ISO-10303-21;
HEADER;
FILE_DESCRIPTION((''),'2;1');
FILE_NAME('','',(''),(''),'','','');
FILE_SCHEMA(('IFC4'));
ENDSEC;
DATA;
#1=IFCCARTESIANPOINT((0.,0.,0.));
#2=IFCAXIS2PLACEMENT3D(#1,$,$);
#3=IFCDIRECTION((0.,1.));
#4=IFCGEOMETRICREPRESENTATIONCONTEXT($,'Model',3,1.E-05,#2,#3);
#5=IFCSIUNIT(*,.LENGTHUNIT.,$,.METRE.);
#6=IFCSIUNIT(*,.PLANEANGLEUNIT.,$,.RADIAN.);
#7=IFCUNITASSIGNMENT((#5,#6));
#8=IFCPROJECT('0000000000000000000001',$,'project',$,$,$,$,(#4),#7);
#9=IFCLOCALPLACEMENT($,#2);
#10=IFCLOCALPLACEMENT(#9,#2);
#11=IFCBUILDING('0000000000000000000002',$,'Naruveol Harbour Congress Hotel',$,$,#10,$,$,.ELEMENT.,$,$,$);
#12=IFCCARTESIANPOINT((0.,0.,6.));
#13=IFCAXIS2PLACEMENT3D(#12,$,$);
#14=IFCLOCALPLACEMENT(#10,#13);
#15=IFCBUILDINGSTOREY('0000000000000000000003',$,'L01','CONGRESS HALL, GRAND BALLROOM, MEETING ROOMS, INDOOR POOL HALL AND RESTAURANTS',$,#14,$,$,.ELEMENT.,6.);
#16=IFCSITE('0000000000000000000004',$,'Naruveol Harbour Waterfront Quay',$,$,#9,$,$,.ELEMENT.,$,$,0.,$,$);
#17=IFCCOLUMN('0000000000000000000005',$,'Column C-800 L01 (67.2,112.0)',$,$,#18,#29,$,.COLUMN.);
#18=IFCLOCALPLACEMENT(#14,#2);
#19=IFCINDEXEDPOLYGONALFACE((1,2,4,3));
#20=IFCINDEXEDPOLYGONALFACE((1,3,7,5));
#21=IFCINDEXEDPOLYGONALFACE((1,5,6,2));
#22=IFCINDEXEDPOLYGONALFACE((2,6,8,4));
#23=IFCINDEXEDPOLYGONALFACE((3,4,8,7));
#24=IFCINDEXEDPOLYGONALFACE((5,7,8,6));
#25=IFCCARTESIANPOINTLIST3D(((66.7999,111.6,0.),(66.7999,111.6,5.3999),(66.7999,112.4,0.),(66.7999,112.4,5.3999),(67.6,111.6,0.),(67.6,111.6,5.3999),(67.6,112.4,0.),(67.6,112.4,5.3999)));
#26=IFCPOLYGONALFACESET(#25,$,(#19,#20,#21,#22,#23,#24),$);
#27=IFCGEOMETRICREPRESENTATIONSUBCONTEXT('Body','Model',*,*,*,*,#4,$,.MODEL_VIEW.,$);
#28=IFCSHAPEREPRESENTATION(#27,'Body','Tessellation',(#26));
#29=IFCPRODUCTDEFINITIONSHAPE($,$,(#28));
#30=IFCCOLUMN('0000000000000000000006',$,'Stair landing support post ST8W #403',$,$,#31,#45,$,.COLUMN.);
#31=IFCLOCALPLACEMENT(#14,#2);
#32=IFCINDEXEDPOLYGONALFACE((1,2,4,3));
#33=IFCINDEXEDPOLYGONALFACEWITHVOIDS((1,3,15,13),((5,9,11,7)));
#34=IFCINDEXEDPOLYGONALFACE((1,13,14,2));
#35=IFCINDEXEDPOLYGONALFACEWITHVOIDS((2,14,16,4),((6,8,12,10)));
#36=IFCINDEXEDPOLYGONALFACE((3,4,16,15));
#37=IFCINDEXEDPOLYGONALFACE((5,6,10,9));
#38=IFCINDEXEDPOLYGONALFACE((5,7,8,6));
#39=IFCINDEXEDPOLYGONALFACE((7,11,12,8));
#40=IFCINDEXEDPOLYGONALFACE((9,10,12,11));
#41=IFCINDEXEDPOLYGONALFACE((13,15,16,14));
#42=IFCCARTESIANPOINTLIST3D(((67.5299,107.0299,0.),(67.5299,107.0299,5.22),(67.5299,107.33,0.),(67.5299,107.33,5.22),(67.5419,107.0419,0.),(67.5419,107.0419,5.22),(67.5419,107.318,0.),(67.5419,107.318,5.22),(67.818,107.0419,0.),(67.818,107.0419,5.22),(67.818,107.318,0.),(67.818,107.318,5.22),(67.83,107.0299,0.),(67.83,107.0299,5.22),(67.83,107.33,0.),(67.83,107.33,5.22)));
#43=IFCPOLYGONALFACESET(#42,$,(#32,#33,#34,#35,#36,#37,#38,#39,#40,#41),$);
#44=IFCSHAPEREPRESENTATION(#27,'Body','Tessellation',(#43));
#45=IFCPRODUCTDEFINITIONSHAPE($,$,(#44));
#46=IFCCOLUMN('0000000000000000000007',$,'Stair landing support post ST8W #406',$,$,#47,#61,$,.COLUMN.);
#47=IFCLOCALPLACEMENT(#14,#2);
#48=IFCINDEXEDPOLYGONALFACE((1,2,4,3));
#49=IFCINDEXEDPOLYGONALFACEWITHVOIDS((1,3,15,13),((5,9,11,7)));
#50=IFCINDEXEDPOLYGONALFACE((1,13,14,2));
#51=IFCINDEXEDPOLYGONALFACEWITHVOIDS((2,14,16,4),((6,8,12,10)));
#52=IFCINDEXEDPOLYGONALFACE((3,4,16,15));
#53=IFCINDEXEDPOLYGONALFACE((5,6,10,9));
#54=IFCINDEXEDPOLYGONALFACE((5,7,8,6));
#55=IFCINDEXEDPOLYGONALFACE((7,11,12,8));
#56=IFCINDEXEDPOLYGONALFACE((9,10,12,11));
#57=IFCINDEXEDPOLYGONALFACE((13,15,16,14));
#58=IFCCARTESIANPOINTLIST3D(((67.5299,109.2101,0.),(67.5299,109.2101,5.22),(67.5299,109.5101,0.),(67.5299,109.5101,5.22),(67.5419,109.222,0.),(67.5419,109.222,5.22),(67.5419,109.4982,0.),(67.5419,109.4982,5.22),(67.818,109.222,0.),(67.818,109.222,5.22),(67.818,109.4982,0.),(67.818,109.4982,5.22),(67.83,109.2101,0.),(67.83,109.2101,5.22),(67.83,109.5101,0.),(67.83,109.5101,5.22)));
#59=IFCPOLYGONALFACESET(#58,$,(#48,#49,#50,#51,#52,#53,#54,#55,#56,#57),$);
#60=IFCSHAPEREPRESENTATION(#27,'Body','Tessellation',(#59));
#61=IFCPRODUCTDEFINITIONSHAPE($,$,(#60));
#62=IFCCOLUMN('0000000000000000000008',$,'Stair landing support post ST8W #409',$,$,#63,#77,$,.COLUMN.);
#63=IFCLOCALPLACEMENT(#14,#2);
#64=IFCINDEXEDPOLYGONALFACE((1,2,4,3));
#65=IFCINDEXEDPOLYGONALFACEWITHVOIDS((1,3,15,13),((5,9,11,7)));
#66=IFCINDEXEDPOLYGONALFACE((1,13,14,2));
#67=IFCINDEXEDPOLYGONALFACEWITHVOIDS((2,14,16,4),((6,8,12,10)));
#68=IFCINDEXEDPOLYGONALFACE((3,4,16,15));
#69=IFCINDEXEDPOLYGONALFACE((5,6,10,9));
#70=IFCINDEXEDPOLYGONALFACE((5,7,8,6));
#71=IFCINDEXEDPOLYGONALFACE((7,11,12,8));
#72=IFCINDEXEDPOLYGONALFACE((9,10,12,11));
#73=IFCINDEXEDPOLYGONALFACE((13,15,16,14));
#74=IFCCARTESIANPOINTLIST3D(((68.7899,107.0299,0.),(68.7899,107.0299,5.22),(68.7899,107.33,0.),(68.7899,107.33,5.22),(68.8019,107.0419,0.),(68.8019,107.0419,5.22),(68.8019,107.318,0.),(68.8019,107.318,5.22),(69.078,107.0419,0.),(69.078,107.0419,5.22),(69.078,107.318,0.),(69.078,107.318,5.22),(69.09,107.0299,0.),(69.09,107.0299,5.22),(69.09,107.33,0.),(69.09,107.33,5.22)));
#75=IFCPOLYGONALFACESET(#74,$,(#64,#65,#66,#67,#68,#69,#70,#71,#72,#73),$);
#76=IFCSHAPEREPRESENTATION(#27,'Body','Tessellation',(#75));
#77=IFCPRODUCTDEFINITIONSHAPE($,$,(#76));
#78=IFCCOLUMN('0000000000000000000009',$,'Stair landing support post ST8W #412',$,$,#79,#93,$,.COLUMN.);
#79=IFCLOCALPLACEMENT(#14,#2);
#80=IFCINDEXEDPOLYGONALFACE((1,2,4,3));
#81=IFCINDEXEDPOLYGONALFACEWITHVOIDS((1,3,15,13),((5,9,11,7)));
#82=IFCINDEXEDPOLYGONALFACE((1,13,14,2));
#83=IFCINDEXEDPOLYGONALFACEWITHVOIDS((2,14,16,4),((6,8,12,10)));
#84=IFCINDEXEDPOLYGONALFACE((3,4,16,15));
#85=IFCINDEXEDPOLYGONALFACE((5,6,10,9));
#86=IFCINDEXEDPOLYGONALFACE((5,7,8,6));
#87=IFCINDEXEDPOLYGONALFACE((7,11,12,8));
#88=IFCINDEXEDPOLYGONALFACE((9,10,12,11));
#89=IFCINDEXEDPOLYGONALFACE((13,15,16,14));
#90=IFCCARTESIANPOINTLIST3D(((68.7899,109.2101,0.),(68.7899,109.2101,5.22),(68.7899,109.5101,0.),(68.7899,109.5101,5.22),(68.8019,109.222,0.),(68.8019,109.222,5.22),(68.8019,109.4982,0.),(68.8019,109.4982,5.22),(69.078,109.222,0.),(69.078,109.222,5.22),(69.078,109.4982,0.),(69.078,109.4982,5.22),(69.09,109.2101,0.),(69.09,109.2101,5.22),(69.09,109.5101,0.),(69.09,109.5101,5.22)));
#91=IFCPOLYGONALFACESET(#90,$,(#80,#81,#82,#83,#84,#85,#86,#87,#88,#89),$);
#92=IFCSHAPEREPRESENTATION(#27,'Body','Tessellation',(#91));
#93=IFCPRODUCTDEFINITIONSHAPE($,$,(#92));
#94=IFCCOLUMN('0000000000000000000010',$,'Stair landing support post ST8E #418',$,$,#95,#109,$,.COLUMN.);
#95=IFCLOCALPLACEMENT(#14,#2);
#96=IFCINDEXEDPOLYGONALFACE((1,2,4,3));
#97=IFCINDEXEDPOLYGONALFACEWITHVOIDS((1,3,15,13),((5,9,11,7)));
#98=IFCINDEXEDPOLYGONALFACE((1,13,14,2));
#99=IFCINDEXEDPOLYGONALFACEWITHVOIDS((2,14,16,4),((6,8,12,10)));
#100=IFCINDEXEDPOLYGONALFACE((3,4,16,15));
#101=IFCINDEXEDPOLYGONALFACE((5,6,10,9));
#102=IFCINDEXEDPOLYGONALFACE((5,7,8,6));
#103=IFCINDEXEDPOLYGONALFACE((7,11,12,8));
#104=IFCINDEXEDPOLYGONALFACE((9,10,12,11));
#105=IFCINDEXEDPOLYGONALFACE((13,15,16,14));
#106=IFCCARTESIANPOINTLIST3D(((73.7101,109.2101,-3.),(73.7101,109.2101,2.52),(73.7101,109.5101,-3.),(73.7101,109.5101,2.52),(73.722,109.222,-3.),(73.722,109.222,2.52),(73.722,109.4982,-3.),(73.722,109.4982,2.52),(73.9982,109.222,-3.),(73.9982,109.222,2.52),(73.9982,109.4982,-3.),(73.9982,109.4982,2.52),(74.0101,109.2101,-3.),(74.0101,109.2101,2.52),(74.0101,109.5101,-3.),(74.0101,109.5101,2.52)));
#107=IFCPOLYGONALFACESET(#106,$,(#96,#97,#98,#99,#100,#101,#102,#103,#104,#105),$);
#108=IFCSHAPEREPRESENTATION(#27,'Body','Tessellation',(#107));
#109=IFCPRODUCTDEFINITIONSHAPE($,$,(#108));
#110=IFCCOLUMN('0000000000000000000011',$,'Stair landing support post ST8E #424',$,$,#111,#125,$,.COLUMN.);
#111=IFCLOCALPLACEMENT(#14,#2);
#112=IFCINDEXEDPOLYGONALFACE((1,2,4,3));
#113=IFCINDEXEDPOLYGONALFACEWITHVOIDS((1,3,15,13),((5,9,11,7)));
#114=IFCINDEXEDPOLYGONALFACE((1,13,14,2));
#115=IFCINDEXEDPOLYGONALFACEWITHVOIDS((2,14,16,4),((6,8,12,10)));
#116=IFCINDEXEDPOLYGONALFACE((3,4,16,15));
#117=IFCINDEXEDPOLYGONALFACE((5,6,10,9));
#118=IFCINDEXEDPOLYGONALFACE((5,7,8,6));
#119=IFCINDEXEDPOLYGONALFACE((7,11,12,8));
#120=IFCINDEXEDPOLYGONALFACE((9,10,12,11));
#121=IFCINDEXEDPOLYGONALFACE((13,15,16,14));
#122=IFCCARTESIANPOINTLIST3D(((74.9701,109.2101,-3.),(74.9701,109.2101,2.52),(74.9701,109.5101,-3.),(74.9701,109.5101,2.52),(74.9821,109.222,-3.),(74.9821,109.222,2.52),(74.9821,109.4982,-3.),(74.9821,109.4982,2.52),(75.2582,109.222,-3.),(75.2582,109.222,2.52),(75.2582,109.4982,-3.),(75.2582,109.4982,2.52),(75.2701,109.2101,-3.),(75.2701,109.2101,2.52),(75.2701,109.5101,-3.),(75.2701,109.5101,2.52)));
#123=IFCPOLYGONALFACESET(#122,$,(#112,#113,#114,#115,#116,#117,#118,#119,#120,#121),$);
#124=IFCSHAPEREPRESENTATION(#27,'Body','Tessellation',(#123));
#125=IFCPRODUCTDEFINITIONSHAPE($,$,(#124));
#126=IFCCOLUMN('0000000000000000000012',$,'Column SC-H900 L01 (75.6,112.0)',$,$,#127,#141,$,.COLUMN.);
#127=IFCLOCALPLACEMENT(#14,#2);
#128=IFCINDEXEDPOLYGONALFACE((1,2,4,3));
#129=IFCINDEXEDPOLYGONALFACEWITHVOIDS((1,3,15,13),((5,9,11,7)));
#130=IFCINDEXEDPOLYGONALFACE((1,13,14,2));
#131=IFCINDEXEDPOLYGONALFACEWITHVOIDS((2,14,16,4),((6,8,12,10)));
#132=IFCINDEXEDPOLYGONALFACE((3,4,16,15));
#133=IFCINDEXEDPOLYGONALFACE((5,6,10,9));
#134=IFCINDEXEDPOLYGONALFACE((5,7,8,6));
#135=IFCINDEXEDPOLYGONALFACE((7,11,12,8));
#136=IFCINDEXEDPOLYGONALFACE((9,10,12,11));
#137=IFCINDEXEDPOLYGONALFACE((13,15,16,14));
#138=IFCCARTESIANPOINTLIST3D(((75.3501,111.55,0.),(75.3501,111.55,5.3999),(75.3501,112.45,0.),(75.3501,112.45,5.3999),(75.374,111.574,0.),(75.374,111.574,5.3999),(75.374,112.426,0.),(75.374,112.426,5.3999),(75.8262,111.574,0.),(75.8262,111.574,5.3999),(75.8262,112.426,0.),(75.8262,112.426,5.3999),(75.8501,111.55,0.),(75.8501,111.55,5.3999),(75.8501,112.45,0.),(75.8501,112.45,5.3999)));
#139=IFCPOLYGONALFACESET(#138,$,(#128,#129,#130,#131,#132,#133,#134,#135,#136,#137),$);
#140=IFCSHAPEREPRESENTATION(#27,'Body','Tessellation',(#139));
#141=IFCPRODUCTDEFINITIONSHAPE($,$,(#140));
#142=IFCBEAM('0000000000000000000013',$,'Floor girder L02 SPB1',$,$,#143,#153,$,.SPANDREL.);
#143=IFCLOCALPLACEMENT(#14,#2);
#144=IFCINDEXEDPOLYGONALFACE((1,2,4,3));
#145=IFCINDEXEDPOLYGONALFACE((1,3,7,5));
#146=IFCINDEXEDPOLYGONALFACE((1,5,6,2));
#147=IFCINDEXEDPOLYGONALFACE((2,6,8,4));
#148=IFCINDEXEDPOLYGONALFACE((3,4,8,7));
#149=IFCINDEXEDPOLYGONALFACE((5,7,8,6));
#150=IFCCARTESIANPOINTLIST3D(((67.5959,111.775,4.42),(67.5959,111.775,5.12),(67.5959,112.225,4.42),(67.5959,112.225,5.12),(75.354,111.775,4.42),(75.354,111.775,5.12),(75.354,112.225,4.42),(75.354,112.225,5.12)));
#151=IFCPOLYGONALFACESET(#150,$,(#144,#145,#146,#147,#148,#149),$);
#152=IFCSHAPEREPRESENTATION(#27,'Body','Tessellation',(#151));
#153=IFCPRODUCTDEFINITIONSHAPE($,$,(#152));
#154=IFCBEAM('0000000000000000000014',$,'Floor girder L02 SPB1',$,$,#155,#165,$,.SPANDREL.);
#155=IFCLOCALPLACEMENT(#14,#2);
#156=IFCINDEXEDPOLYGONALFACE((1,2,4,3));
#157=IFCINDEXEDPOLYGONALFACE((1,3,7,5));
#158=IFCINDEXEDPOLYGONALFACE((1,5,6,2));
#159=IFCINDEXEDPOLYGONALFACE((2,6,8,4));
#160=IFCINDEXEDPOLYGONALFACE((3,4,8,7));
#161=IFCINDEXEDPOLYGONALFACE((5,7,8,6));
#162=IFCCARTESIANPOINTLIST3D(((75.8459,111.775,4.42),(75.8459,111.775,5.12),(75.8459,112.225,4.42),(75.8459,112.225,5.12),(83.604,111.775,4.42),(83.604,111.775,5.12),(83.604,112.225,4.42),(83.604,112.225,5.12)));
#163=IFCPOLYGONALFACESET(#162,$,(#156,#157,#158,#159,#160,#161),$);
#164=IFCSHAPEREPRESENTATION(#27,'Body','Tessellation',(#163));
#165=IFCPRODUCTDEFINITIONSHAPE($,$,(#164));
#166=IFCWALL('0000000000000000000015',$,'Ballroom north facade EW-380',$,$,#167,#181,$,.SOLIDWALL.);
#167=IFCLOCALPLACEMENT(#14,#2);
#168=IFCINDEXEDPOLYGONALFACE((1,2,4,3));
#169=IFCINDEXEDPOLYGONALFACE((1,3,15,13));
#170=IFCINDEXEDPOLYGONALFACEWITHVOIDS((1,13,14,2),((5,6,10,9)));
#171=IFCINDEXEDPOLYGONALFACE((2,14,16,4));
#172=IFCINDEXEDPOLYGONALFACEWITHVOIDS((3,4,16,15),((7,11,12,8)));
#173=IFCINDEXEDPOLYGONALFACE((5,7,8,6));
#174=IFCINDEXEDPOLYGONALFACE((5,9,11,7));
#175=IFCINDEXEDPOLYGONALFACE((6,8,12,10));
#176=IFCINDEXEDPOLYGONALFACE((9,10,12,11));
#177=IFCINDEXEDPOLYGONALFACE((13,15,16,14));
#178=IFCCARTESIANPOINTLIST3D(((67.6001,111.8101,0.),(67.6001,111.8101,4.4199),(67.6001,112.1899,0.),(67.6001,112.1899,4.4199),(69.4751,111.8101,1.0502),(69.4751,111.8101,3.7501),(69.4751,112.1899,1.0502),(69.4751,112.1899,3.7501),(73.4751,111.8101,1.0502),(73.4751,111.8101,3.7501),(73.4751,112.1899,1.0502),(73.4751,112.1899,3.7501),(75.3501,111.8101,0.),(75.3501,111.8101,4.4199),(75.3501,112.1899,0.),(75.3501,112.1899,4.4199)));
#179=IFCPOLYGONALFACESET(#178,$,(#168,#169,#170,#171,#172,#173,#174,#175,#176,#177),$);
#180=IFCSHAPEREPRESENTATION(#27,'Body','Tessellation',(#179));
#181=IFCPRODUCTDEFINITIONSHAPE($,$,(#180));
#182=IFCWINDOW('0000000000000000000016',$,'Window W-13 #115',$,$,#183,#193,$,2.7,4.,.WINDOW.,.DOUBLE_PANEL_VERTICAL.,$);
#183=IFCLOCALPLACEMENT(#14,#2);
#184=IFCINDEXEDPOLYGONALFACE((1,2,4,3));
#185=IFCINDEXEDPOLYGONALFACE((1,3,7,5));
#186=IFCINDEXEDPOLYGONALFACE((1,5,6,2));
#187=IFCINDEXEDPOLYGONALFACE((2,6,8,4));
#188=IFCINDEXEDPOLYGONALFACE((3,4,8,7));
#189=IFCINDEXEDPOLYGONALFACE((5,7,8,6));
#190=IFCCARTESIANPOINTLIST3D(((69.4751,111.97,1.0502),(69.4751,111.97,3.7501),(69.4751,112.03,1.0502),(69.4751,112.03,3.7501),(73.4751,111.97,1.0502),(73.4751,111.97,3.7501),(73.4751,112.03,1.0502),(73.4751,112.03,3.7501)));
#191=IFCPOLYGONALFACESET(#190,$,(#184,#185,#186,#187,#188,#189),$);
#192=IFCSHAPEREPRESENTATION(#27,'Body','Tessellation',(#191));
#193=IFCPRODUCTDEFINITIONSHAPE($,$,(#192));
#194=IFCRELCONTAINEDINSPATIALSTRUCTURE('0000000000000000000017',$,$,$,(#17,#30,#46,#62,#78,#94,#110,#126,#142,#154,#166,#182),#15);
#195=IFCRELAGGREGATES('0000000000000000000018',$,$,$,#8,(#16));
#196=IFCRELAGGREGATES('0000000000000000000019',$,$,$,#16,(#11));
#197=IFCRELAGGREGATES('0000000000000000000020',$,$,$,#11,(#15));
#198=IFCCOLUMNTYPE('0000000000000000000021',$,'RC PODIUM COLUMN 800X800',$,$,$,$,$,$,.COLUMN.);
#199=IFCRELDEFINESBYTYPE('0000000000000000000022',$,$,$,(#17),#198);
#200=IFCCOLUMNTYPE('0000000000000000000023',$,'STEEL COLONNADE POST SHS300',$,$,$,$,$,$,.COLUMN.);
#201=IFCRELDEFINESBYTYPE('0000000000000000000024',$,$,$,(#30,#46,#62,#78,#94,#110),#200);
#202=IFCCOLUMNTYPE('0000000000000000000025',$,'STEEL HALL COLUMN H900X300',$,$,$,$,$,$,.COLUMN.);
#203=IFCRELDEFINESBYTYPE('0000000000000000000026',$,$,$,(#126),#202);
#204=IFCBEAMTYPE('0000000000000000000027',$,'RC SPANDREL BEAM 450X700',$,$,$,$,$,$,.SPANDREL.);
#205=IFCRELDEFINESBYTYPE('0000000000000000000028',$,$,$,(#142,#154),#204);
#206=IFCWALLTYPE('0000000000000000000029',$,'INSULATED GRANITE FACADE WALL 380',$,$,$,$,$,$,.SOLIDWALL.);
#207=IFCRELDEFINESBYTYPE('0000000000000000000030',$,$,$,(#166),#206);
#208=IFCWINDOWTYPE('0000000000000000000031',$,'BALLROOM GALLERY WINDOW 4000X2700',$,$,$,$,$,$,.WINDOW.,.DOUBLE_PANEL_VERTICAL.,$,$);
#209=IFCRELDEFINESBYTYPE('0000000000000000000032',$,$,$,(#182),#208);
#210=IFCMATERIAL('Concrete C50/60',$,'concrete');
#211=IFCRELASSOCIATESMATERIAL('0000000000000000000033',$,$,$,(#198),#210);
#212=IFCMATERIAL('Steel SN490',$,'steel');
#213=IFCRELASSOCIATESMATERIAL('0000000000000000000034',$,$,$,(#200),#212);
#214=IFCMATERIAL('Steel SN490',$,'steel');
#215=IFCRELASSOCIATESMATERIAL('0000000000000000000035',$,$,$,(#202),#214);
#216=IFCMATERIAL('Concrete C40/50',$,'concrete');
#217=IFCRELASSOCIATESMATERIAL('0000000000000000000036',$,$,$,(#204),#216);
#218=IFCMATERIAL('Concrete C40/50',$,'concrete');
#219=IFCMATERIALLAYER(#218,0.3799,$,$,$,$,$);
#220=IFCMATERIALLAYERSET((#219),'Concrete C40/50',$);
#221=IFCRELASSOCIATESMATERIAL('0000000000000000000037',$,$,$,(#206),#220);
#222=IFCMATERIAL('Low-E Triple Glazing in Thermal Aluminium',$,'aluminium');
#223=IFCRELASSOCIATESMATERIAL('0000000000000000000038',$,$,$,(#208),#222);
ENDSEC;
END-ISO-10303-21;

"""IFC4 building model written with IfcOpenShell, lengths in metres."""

from ifc_helpers import new_model, si_unit, direction, frame, frame_2d, origin, origin_2d, place, context, subcontext, project, spatial, rectangle, hollow_rectangle, extrude, material, layer, layer_set, material_profile, profile_set, type_object, element, fill, save


model = new_model("IFC4")

# Units and contexts
model_context = context("Model", 3, precision=1e-05, world=origin(), true_north=direction((0.0, 1.0)))
body_context = subcontext(model_context, "Body", "Model", "MODEL_VIEW")
ifc_project = project(units=[si_unit("LENGTHUNIT", "METRE"), si_unit("PLANEANGLEUNIT", "RADIAN")], contexts=[model_context])

# Site, building, storey
site_placement = place(None, origin())
site = spatial("IfcSite", under=ifc_project, at=site_placement, Name="Naruveol Harbour Waterfront Quay", CompositionType="ELEMENT", RefElevation=0.0)
building_placement = place(site_placement, origin())
building = spatial("IfcBuilding", under=site, at=building_placement, Name="Naruveol Harbour Congress Hotel", CompositionType="ELEMENT")
storey_placement = place(building_placement, frame((0.0, 0.0, 6.0)))
storey = spatial("IfcBuildingStorey", under=building, at=storey_placement, Name="L01", Description="CONGRESS HALL, GRAND BALLROOM, MEETING ROOMS, INDOOR POOL HALL AND RESTAURANTS", CompositionType="ELEMENT", Elevation=6.0)

# Columns
ifc_material_1 = material(Name="Concrete C50/60", Category="concrete")
ifc_material_profile_1 = material_profile(ifc_material_1, rectangle(XDim=0.8, YDim=0.8, at=origin_2d()), Name="RC-800x800")
ifc_profile_set_1 = profile_set([ifc_material_profile_1], Name="Concrete C50/60")
column_type_1 = type_object("IfcColumnType", Name="RC PODIUM COLUMN 800X800", PredefinedType="COLUMN", material=ifc_profile_set_1)
column_1_placement = place(storey_placement, frame((67.2, 112.0, 0.0), z_axis=(0.0, 0.0, 1.0), x_axis=(1.0, 0.0, 0.0)))
element("IfcColumn", 1, at=column_1_placement, inside=storey, type_object=column_type_1, Name="Column C-800 L01 (67.2,112.0)", PredefinedType="COLUMN", context=body_context, shape_type="SweptSolid", body=[
    extrude(rectangle(XDim=0.8, YDim=0.8, at=origin_2d()), origin(), (0.0, 0.0, 1.0), 5.3999),
])
ifc_material_2 = material(Name="Steel SN490", Category="steel")
ifc_material_profile_2 = material_profile(ifc_material_2, hollow_rectangle(XDim=0.3, YDim=0.3, WallThickness=0.012, at=origin_2d()), Name="SHS-300x300x12")
ifc_profile_set_2 = profile_set([ifc_material_profile_2], Name="Steel SN490")
column_type_2 = type_object("IfcColumnType", Name="STEEL COLONNADE POST SHS300", PredefinedType="COLUMN", material=ifc_profile_set_2)
for number, where, z_axis, x_axis, name in (
    (2, (67.6799, 107.1799, 0.0), (0.0, 0.0, 1.0), (1.0, 0.0, 0.0), "Stair landing support post ST8W #403"),
    (3, (67.6799, 109.3601, 0.0), (0.0, 0.0, 1.0), (1.0, 0.0, 0.0), "Stair landing support post ST8W #406"),
    (4, (68.9399, 107.1799, 0.0), (0.0, 0.0, 1.0), (1.0, 0.0, 0.0), "Stair landing support post ST8W #409"),
    (5, (68.9399, 109.3601, 0.0), (0.0, 0.0, 1.0), (1.0, 0.0, 0.0), "Stair landing support post ST8W #412"),
):
    element("IfcColumn", number, at=place(storey_placement, frame(where, z_axis=z_axis, x_axis=x_axis)), inside=storey, type_object=column_type_2, Name=name, PredefinedType="COLUMN", context=body_context, shape_type="SweptSolid", body=[
        extrude(hollow_rectangle(XDim=0.3, YDim=0.3, WallThickness=0.012, at=origin_2d()), origin(), (0.0, 0.0, 1.0), 5.22),
    ])
for number, where, z_axis, x_axis, name in (
    (6, (73.8601, 109.3601, -3.0), (0.0, 0.0, 1.0), (1.0, 0.0, 0.0), "Stair landing support post ST8E #418"),
    (7, (75.1201, 109.3601, -3.0), (0.0, 0.0, 1.0), (1.0, 0.0, 0.0), "Stair landing support post ST8E #424"),
):
    element("IfcColumn", number, at=place(storey_placement, frame(where, z_axis=z_axis, x_axis=x_axis)), inside=storey, type_object=column_type_2, Name=name, PredefinedType="COLUMN", context=body_context, shape_type="SweptSolid", body=[
        extrude(hollow_rectangle(XDim=0.3, YDim=0.3, WallThickness=0.012, at=origin_2d()), origin(), (0.0, 0.0, 1.0), 5.52),
    ])
ifc_material_3 = material(Name="Steel SN490", Category="steel")
ifc_material_profile_3 = material_profile(ifc_material_3, hollow_rectangle(XDim=0.5, YDim=0.8999, WallThickness=0.0239, at=origin_2d()), Name="RHS-900x500x24")
ifc_profile_set_3 = profile_set([ifc_material_profile_3], Name="Steel SN490")
column_type_3 = type_object("IfcColumnType", Name="STEEL HALL COLUMN H900X300", PredefinedType="COLUMN", material=ifc_profile_set_3)
column_2_placement = place(storey_placement, frame((75.6001, 112.0, 0.0), z_axis=(0.0, 0.0, 1.0), x_axis=(1.0, 0.0, 0.0)))
element("IfcColumn", 8, at=column_2_placement, inside=storey, type_object=column_type_3, Name="Column SC-H900 L01 (75.6,112.0)", PredefinedType="COLUMN", context=body_context, shape_type="SweptSolid", body=[
    extrude(hollow_rectangle(XDim=0.5, YDim=0.8999, WallThickness=0.0239, at=origin_2d()), origin(), (0.0, 0.0, 1.0), 5.3999),
])

# Beams
ifc_material_4 = material(Name="Concrete C40/50", Category="concrete")
ifc_material_profile_4 = material_profile(ifc_material_4, rectangle(XDim=0.45, YDim=0.7, at=origin_2d()), Name="RCB-450x700")
ifc_profile_set_4 = profile_set([ifc_material_profile_4], Name="Concrete C40/50")
beam_type = type_object("IfcBeamType", Name="RC SPANDREL BEAM 450X700", PredefinedType="SPANDREL", material=ifc_profile_set_4)
for number, where, z_axis, x_axis, name in (
    (9, (67.5959, 112.0, 4.77), (1.0, 0.0, 0.0), (0.0, 1.0, 0.0), "Floor girder L02 SPB1"),
    (10, (75.8459, 112.0, 4.77), (1.0, 0.0, 0.0), (0.0, 1.0, 0.0), "Floor girder L02 SPB1"),
):
    element("IfcBeam", number, at=place(storey_placement, frame(where, z_axis=z_axis, x_axis=x_axis)), inside=storey, type_object=beam_type, Name=name, PredefinedType="SPANDREL", context=body_context, shape_type="SweptSolid", body=[
        extrude(rectangle(XDim=0.45, YDim=0.7, at=origin_2d()), origin(), (0.0, 0.0, 1.0), 7.7581),
    ])

# Wall, opening, window
ifc_material_5 = material(Name="Concrete C40/50", Category="concrete")
ifc_layer_1 = layer(ifc_material_5, 0.3799)
ifc_layer_set_1 = layer_set([ifc_layer_1], Name="Concrete C40/50")
wall_type_1 = type_object("IfcWallType", Name="INSULATED GRANITE FACADE WALL 380", PredefinedType="SOLIDWALL", material=ifc_layer_set_1)
wall_1_placement = place(storey_placement, frame((67.6001, 112.0, 0.0), z_axis=(0.0, 0.0, 1.0), x_axis=(1.0, 0.0, 0.0)))
wall_1 = element("IfcWall", 11, at=wall_1_placement, inside=storey, type_object=wall_type_1, Name="Ballroom north facade EW-380", PredefinedType="SOLIDWALL", context=body_context, shape_type="SweptSolid", body=[
    extrude(rectangle(XDim=7.75, YDim=0.3799, at=frame_2d((3.875, 0.0))), origin(), (0.0, 0.0, 1.0), 4.4199),
])
opening_1_placement = place(wall_1_placement, frame((1.875, 0.0, 1.05)))
opening_1 = element("IfcOpeningElement", 12, at=opening_1_placement, cuts=wall_1, PredefinedType="OPENING", context=body_context, shape_type="SweptSolid", body=[
    extrude(rectangle(XDim=4.0, YDim=2.7, at=frame_2d((2.0, 1.3501))), frame((0.0, 0.2, 0.0), z_axis=(0.0, -1.0, 0.0), x_axis=(1.0, 0.0, 0.0)), (0.0, 0.0, 1.0), 0.3999),
])
ifc_material_6 = material(Name="Low-E Triple Glazing in Thermal Aluminium", Category="aluminium")
window_type = type_object("IfcWindowType", Name="BALLROOM GALLERY WINDOW 4000X2700", PartitioningType="DOUBLE_PANEL_VERTICAL", PredefinedType="WINDOW", material=ifc_material_6)
window_1_placement = place(opening_1_placement, origin())
window_1 = element("IfcWindow", 13, at=window_1_placement, inside=storey, type_object=window_type, Name="Window W-13 #115", OverallHeight=2.7, OverallWidth=4.0, PartitioningType="DOUBLE_PANEL_VERTICAL", PredefinedType="WINDOW", context=body_context, shape_type="SweptSolid", body=[
    extrude(rectangle(XDim=4.0, YDim=2.7, at=frame_2d((2.0, 1.3501))), frame((0.0, 0.03, 0.0), z_axis=(0.0, -1.0, 0.0), x_axis=(1.0, 0.0, 0.0)), (0.0, 0.0, 1.0), 0.0601),
])
fill(opening_1, window_1)

save(model, "model.ifc")
